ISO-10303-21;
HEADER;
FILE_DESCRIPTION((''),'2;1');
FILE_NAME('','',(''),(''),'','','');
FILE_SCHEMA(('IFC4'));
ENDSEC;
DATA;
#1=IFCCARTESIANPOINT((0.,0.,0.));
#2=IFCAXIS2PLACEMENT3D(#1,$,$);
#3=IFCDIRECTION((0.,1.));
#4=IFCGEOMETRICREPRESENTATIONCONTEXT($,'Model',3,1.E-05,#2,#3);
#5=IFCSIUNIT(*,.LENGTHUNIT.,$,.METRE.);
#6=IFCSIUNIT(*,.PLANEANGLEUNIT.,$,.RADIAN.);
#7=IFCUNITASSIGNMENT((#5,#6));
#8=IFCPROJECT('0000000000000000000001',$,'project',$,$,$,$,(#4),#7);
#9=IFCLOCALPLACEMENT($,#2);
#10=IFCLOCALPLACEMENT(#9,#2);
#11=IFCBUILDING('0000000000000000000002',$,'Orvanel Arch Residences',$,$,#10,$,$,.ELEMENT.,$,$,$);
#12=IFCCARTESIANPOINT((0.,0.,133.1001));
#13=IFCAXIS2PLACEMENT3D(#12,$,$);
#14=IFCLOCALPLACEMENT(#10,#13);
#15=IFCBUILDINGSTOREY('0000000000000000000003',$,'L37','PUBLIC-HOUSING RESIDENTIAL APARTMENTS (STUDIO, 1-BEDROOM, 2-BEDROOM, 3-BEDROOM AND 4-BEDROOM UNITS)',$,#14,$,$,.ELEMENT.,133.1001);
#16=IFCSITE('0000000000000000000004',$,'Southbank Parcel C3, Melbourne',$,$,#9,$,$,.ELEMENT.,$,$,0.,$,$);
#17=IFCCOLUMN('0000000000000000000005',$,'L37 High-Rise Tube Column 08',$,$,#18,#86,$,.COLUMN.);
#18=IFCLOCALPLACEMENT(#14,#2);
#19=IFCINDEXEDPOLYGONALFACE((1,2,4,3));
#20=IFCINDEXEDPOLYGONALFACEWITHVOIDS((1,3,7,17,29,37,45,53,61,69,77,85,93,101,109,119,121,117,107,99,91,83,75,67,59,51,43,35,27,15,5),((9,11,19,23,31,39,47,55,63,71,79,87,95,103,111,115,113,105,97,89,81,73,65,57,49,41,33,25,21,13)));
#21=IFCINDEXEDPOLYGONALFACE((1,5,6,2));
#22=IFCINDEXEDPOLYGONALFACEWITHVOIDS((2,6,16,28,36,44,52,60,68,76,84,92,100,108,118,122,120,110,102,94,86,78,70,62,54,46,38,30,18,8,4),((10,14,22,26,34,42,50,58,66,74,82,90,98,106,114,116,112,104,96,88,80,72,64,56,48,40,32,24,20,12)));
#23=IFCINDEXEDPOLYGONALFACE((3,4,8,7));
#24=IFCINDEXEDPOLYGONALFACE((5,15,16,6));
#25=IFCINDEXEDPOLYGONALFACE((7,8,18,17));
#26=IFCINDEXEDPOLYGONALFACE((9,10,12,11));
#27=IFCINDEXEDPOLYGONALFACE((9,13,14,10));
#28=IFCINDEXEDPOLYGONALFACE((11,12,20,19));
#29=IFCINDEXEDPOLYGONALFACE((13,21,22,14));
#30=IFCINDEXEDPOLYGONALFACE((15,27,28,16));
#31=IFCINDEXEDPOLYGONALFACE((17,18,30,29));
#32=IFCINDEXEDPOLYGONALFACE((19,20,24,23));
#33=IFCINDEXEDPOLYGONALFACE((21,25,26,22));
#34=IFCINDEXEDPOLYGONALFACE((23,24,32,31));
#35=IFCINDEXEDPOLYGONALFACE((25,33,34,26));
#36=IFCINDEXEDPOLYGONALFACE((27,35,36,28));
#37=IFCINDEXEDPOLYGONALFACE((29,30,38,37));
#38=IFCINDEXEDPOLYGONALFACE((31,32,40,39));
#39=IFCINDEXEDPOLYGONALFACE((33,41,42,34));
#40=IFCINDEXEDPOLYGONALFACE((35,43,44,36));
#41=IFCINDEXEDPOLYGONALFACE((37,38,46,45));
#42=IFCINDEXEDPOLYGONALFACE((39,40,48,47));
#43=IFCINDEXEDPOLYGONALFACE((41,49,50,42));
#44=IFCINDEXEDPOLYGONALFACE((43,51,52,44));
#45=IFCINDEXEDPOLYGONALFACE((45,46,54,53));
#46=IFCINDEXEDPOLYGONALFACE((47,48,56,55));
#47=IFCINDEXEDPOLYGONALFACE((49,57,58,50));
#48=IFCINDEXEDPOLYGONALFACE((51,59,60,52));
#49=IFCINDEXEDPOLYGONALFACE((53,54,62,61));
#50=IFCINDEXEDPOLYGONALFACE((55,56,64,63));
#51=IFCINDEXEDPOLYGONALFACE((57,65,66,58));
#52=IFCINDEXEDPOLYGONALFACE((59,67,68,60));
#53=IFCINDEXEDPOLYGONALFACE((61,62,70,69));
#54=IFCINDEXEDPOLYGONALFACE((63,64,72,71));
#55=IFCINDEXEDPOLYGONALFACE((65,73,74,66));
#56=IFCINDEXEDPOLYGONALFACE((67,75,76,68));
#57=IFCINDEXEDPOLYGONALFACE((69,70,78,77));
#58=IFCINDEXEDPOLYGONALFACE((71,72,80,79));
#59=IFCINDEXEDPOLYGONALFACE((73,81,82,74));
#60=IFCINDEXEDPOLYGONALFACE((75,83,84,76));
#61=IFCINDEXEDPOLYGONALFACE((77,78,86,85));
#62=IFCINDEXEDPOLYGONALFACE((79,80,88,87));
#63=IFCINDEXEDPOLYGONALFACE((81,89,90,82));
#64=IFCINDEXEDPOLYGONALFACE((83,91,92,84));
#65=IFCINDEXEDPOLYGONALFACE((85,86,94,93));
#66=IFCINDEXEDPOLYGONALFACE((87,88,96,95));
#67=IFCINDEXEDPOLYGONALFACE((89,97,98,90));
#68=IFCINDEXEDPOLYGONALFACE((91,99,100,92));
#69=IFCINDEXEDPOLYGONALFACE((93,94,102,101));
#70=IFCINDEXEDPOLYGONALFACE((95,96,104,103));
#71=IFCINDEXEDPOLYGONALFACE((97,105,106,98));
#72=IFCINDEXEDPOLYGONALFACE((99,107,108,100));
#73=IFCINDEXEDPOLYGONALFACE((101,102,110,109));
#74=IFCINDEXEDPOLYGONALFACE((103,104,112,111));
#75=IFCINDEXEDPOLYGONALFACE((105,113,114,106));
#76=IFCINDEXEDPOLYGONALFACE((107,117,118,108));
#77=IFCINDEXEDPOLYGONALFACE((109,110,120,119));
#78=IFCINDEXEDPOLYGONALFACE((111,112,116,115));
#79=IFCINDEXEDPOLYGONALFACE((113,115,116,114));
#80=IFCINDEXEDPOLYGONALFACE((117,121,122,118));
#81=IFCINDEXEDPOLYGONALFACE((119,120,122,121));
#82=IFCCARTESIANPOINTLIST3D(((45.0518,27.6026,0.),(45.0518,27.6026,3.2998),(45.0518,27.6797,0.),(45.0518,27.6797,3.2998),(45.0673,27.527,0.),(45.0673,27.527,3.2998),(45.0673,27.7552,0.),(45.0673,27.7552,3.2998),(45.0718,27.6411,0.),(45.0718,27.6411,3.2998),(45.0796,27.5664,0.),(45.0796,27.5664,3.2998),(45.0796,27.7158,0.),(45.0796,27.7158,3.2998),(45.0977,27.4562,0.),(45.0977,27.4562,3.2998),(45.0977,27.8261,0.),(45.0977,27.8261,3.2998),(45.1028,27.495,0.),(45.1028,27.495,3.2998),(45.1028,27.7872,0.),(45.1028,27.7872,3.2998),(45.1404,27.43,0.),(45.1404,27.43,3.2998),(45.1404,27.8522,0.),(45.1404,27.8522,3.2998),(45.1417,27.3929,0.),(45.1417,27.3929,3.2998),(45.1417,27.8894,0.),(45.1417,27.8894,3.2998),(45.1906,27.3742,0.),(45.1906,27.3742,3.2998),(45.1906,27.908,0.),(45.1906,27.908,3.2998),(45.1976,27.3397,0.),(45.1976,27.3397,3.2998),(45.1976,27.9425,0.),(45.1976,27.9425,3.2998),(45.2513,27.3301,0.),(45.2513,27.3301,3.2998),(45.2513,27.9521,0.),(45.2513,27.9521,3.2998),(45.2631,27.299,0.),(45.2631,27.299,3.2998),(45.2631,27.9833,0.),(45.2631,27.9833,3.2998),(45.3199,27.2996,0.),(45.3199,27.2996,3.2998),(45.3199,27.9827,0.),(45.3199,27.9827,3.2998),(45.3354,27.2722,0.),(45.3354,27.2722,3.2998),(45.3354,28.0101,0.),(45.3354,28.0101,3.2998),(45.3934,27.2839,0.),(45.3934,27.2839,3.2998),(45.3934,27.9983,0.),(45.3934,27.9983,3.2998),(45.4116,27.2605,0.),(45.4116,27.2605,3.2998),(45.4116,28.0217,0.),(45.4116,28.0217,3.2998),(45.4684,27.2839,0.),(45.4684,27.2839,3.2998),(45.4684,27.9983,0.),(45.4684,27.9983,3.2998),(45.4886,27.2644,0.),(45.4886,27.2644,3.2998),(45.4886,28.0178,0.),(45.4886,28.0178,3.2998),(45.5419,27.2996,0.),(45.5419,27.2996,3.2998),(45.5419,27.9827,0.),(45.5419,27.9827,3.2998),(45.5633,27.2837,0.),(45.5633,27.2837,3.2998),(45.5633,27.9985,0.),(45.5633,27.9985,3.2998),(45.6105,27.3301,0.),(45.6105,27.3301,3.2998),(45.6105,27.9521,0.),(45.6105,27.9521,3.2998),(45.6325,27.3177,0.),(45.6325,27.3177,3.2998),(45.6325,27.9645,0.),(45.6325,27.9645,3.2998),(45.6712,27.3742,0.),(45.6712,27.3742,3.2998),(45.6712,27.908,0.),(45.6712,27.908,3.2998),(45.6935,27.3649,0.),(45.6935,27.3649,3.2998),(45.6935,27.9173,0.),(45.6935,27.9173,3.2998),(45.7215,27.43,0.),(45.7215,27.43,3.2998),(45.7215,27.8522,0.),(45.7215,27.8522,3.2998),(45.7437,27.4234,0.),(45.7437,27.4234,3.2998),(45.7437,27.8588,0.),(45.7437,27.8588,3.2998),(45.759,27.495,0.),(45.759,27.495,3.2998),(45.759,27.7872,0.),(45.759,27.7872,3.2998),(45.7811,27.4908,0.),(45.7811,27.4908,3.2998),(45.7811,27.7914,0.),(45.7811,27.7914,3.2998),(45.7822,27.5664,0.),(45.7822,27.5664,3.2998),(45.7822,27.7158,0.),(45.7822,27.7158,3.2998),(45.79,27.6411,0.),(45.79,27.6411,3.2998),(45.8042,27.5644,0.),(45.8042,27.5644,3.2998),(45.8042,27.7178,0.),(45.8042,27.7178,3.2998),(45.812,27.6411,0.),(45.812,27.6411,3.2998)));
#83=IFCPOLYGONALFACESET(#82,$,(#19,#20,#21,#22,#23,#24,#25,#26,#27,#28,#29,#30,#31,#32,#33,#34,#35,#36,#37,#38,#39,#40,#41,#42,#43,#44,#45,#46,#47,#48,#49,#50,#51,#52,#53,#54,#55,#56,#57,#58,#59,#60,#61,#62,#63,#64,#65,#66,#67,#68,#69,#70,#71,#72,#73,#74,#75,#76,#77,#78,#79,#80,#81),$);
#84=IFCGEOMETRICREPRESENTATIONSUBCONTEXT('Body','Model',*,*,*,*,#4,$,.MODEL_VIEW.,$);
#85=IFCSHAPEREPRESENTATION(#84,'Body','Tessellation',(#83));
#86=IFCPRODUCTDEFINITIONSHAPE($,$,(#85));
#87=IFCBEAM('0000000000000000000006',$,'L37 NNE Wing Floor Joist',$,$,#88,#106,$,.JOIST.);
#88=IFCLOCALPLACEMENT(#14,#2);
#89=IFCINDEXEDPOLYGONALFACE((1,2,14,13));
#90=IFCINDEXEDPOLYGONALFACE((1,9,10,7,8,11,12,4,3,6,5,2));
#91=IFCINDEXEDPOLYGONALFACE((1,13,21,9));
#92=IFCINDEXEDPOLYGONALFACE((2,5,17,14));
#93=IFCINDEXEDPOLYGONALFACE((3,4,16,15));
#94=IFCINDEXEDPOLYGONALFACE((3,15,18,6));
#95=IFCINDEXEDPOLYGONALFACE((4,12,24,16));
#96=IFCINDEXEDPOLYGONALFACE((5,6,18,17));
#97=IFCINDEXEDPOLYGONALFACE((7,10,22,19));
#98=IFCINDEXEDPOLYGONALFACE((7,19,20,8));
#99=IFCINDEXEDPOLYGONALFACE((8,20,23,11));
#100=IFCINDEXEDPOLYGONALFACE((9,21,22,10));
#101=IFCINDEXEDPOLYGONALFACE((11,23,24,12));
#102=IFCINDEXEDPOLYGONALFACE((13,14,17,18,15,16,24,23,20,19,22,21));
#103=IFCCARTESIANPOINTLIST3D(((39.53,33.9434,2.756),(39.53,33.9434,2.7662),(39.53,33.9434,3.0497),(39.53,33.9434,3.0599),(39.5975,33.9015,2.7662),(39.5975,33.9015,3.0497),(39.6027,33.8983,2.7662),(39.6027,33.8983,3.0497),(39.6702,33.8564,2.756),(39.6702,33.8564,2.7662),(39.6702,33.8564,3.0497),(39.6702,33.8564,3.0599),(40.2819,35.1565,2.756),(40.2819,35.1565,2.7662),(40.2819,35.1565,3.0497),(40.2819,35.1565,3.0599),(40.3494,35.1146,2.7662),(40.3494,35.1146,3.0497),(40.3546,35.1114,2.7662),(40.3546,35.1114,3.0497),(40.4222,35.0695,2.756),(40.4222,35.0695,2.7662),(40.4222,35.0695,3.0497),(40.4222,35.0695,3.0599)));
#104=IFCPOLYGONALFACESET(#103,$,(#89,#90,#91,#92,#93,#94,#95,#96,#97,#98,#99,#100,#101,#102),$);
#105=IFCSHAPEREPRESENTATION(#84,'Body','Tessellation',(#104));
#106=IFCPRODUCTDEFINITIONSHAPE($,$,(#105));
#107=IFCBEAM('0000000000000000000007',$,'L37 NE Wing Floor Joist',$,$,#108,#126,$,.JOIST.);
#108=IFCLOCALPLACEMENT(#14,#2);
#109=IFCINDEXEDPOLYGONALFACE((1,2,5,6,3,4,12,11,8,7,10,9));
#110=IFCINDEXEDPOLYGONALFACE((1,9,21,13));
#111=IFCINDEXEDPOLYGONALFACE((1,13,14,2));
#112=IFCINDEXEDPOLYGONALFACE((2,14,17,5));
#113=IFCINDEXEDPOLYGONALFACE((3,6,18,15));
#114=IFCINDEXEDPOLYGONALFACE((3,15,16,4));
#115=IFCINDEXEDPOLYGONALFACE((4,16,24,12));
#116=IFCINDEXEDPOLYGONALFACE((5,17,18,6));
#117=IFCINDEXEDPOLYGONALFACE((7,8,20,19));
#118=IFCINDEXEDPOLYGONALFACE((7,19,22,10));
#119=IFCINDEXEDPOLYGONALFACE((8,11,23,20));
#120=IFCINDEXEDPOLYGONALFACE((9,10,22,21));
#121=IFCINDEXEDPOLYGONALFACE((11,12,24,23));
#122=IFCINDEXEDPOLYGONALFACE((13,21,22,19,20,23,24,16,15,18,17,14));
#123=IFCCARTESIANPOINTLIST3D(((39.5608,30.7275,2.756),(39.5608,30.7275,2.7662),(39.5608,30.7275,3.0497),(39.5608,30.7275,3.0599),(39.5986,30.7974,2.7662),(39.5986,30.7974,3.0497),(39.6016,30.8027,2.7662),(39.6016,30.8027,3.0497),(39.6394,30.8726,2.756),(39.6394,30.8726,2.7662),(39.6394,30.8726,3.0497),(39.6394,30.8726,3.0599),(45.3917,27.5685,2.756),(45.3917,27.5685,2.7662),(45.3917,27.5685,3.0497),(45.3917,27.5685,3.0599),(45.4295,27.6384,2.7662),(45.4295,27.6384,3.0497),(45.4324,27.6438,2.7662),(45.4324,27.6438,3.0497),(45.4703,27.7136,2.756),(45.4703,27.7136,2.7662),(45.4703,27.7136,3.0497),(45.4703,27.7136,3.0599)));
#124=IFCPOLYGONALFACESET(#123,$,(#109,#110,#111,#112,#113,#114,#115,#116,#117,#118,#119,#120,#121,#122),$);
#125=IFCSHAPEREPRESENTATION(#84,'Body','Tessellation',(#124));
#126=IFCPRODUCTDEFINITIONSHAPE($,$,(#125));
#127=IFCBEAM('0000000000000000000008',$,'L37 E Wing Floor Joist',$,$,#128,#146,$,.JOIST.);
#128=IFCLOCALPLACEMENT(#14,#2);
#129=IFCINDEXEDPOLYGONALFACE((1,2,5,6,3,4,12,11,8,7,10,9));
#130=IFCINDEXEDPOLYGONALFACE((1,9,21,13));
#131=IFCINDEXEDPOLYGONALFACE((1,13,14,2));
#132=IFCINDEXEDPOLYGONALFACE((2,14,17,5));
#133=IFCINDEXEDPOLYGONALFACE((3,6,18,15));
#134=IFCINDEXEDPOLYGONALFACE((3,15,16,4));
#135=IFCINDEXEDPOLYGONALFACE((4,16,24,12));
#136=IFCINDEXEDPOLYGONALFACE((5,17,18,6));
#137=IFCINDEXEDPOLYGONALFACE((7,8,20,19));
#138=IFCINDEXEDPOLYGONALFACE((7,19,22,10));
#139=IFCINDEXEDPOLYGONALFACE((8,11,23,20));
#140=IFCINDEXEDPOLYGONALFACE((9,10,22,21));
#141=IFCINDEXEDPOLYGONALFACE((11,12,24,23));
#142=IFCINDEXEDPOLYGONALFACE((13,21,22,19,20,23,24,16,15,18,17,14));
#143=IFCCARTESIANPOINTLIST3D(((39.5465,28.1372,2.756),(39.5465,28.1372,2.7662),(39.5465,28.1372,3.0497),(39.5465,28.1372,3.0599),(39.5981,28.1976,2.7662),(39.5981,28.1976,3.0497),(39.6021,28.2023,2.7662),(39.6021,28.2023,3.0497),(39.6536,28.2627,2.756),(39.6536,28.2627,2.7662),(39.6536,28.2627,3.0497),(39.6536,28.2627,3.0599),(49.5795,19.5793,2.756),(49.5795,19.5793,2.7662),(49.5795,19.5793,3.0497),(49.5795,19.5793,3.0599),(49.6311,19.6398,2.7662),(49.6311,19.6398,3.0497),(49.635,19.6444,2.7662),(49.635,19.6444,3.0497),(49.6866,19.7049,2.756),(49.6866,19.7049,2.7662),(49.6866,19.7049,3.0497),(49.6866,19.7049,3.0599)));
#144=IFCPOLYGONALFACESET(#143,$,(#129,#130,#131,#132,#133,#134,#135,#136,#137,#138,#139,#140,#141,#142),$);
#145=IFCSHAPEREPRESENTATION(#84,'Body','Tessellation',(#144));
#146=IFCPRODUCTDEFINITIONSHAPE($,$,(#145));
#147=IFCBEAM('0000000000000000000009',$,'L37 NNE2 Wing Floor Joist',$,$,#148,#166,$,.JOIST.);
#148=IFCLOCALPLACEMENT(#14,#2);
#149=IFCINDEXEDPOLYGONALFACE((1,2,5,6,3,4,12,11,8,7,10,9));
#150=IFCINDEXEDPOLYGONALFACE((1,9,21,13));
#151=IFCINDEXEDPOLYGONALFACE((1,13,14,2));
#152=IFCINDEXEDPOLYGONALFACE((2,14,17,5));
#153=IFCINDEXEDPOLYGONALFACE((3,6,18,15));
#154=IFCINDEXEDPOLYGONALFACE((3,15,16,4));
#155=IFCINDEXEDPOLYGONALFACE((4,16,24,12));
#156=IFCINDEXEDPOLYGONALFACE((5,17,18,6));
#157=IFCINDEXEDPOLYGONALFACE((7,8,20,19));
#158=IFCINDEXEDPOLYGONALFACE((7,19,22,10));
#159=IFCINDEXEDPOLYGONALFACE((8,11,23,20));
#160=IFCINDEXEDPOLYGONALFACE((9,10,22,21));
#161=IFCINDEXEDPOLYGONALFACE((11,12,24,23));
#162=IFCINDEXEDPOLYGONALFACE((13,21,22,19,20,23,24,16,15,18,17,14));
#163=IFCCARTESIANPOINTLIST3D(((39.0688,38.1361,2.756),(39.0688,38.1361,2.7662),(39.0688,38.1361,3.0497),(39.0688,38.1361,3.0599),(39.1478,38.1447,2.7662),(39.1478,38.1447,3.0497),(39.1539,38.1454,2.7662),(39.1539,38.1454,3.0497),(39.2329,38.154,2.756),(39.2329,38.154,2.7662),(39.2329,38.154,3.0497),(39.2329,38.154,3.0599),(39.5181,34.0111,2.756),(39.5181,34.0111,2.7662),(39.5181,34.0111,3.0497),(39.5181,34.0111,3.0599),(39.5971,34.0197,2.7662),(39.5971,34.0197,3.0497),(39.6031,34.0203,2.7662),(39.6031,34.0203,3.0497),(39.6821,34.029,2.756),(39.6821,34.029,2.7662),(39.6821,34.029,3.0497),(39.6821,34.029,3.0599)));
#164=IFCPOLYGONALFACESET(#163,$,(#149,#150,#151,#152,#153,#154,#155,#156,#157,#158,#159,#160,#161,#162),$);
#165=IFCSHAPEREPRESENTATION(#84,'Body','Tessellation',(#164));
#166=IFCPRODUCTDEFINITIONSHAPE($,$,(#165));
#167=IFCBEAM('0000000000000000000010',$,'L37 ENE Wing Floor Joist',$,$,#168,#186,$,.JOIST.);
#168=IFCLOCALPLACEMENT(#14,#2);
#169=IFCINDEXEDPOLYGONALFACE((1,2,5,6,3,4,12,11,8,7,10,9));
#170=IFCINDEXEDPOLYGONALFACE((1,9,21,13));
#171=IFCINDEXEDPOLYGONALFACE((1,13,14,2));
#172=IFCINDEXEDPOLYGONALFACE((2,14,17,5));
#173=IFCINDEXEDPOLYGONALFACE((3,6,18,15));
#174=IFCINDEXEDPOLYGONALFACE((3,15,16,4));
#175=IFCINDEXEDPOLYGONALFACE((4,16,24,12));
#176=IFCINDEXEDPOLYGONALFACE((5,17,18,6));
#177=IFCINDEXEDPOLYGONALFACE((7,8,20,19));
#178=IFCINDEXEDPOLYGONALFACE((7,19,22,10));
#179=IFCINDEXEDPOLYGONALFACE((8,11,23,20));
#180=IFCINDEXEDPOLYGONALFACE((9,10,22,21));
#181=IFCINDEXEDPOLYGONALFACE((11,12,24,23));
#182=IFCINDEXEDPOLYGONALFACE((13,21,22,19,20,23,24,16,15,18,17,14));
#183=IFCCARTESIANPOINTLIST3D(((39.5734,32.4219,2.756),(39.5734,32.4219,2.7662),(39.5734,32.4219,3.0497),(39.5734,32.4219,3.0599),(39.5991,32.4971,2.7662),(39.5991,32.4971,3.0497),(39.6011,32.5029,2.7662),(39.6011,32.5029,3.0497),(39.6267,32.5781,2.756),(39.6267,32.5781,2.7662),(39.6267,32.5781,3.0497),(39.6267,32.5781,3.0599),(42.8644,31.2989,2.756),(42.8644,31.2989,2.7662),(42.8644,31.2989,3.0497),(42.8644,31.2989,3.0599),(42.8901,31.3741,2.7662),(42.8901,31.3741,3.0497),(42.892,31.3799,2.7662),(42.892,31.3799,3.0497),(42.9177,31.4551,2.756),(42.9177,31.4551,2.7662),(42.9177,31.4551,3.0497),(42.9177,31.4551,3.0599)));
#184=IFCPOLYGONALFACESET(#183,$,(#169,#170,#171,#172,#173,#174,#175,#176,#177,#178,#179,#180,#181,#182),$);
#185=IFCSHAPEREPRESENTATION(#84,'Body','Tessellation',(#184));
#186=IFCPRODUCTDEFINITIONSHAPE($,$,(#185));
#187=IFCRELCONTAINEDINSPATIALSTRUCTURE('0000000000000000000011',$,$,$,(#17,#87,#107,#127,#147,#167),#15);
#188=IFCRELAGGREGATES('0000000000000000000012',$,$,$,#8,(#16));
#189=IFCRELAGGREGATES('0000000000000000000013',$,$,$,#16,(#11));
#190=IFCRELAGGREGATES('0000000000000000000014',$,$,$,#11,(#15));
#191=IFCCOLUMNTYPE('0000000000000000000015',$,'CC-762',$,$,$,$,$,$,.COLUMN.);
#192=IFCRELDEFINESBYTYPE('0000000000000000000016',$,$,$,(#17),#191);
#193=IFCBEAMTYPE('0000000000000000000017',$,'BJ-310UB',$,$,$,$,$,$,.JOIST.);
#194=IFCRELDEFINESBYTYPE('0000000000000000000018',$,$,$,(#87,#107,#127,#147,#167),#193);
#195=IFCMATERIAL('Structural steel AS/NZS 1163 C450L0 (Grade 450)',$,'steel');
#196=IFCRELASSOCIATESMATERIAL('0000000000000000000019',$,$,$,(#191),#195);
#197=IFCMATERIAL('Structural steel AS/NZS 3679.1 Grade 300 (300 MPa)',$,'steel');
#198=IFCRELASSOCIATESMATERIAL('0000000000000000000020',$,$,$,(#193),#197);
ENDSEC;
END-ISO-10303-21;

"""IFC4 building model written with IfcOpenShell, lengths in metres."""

from ifc_helpers import new_model, si_unit, direction, frame, origin, origin_2d, place, context, subcontext, project, spatial, hollow_circle, i_section, extrude, material, material_profile, profile_set, type_object, element, save


model = new_model("IFC4")

# Units and contexts
model_context = context("Model", 3, precision=1e-05, world=origin(), true_north=direction((0.0, 1.0)))
body_context = subcontext(model_context, "Body", "Model", "MODEL_VIEW")
ifc_project = project(units=[si_unit("LENGTHUNIT", "METRE"), si_unit("PLANEANGLEUNIT", "RADIAN")], contexts=[model_context])

# Site, building, storey
site_placement = place(None, origin())
site = spatial("IfcSite", under=ifc_project, at=site_placement, Name="Southbank Parcel C3, Melbourne", CompositionType="ELEMENT", RefElevation=0.0)
building_placement = place(site_placement, origin())
building = spatial("IfcBuilding", under=site, at=building_placement, Name="Orvanel Arch Residences", CompositionType="ELEMENT")
storey_placement = place(building_placement, frame((0.0, 0.0, 133.1001)))
storey = spatial("IfcBuildingStorey", under=building, at=storey_placement, Name="L37", Description="PUBLIC-HOUSING RESIDENTIAL APARTMENTS (STUDIO, 1-BEDROOM, 2-BEDROOM, 3-BEDROOM AND 4-BEDROOM UNITS)", CompositionType="ELEMENT", Elevation=133.1001)

# Column
ifc_material_1 = material(Name="Structural steel AS/NZS 1163 C450L0 (Grade 450)", Category="steel")
ifc_material_profile_1 = material_profile(ifc_material_1, hollow_circle(Radius=0.3811, WallThickness=0.022, at=origin_2d()), Name="CHS762x22")
ifc_profile_set_1 = profile_set([ifc_material_profile_1], Name="Structural steel AS/NZS 1163 C450L0 (Grade 450)")
column_type = type_object("IfcColumnType", Name="CC-762", PredefinedType="COLUMN", material=ifc_profile_set_1)
column_placement = place(storey_placement, frame((45.4309, 27.6411, 0.0), z_axis=(0.0, 0.0, 1.0), x_axis=(1.0, 0.0, 0.0)))
element("IfcColumn", 1, at=column_placement, inside=storey, type_object=column_type, Name="L37 High-Rise Tube Column 08", PredefinedType="COLUMN", context=body_context, shape_type="SweptSolid", body=[
    extrude(hollow_circle(Radius=0.3811, WallThickness=0.022, at=origin_2d()), origin(), (0.0, 0.0, 1.0), 3.2998),
])

# Beams
ifc_material_2 = material(Name="Structural steel AS/NZS 3679.1 Grade 300 (300 MPa)", Category="steel")
ifc_material_profile_2 = material_profile(ifc_material_2, i_section(OverallWidth=0.165, OverallDepth=0.304, WebThickness=0.0061, FlangeThickness=0.0103, at=origin_2d()), Name="310UB40.4")
ifc_profile_set_2 = profile_set([ifc_material_profile_2], Name="Structural steel AS/NZS 3679.1 Grade 300 (300 MPa)")
beam_type_1 = type_object("IfcBeamType", Name="BJ-310UB", PredefinedType="JOIST", material=ifc_profile_set_2)
beam_1_placement = place(storey_placement, frame((39.6001, 33.8999, 2.908), z_axis=(0.526843, 0.849962, 0.0), x_axis=(-0.849962, 0.526843, 0.0)))
element("IfcBeam", 2, at=beam_1_placement, inside=storey, type_object=beam_type_1, Name="L37 NNE Wing Floor Joist", PredefinedType="JOIST", context=body_context, shape_type="SweptSolid", body=[
    extrude(i_section(OverallWidth=0.165, OverallDepth=0.304, WebThickness=0.0061, FlangeThickness=0.0103, at=origin_2d()), origin(), (0.0, 0.0, 1.0), 1.4272),
])
beam_2_placement = place(storey_placement, frame((39.6001, 30.8, 2.908), z_axis=(0.879255, -0.476351, 0.0), x_axis=(0.476351, 0.879255, 0.0)))
element("IfcBeam", 3, at=beam_2_placement, inside=storey, type_object=beam_type_1, Name="L37 NE Wing Floor Joist", PredefinedType="JOIST", context=body_context, shape_type="SweptSolid", body=[
    extrude(i_section(OverallWidth=0.165, OverallDepth=0.304, WebThickness=0.0061, FlangeThickness=0.0103, at=origin_2d()), origin(), (0.0, 0.0, 1.0), 6.6316),
])
beam_3_placement = place(storey_placement, frame((39.6001, 28.2, 2.908), z_axis=(0.760821, -0.648961, 0.0), x_axis=(0.648961, 0.760821, 0.0)))
element("IfcBeam", 4, at=beam_3_placement, inside=storey, type_object=beam_type_1, Name="L37 E Wing Floor Joist", PredefinedType="JOIST", context=body_context, shape_type="SweptSolid", body=[
    extrude(i_section(OverallWidth=0.165, OverallDepth=0.304, WebThickness=0.0061, FlangeThickness=0.0103, at=origin_2d()), origin(), (0.0, 0.0, 1.0), 13.187),
])
beam_4_placement = place(storey_placement, frame((39.6001, 34.02, 2.908), z_axis=(-0.108261, 0.994122, 0.0), x_axis=(-0.994122, -0.108261, 0.0)))
element("IfcBeam", 5, at=beam_4_placement, inside=storey, type_object=beam_type_1, Name="L37 NNE2 Wing Floor Joist", PredefinedType="JOIST", context=body_context, shape_type="SweptSolid", body=[
    extrude(i_section(OverallWidth=0.165, OverallDepth=0.304, WebThickness=0.0061, FlangeThickness=0.0103, at=origin_2d()), origin(), (0.0, 0.0, 1.0), 4.1494),
])
beam_5_placement = place(storey_placement, frame((39.6001, 32.5, 2.908), z_axis=(0.946413, -0.32296, 0.0), x_axis=(0.32296, 0.946413, 0.0)))
element("IfcBeam", 6, at=beam_5_placement, inside=storey, type_object=beam_type_1, Name="L37 ENE Wing Floor Joist", PredefinedType="JOIST", context=body_context, shape_type="SweptSolid", body=[
    extrude(i_section(OverallWidth=0.165, OverallDepth=0.304, WebThickness=0.0061, FlangeThickness=0.0103, at=origin_2d()), origin(), (0.0, 0.0, 1.0), 3.4773),
])

save(model, "model.ifc")
